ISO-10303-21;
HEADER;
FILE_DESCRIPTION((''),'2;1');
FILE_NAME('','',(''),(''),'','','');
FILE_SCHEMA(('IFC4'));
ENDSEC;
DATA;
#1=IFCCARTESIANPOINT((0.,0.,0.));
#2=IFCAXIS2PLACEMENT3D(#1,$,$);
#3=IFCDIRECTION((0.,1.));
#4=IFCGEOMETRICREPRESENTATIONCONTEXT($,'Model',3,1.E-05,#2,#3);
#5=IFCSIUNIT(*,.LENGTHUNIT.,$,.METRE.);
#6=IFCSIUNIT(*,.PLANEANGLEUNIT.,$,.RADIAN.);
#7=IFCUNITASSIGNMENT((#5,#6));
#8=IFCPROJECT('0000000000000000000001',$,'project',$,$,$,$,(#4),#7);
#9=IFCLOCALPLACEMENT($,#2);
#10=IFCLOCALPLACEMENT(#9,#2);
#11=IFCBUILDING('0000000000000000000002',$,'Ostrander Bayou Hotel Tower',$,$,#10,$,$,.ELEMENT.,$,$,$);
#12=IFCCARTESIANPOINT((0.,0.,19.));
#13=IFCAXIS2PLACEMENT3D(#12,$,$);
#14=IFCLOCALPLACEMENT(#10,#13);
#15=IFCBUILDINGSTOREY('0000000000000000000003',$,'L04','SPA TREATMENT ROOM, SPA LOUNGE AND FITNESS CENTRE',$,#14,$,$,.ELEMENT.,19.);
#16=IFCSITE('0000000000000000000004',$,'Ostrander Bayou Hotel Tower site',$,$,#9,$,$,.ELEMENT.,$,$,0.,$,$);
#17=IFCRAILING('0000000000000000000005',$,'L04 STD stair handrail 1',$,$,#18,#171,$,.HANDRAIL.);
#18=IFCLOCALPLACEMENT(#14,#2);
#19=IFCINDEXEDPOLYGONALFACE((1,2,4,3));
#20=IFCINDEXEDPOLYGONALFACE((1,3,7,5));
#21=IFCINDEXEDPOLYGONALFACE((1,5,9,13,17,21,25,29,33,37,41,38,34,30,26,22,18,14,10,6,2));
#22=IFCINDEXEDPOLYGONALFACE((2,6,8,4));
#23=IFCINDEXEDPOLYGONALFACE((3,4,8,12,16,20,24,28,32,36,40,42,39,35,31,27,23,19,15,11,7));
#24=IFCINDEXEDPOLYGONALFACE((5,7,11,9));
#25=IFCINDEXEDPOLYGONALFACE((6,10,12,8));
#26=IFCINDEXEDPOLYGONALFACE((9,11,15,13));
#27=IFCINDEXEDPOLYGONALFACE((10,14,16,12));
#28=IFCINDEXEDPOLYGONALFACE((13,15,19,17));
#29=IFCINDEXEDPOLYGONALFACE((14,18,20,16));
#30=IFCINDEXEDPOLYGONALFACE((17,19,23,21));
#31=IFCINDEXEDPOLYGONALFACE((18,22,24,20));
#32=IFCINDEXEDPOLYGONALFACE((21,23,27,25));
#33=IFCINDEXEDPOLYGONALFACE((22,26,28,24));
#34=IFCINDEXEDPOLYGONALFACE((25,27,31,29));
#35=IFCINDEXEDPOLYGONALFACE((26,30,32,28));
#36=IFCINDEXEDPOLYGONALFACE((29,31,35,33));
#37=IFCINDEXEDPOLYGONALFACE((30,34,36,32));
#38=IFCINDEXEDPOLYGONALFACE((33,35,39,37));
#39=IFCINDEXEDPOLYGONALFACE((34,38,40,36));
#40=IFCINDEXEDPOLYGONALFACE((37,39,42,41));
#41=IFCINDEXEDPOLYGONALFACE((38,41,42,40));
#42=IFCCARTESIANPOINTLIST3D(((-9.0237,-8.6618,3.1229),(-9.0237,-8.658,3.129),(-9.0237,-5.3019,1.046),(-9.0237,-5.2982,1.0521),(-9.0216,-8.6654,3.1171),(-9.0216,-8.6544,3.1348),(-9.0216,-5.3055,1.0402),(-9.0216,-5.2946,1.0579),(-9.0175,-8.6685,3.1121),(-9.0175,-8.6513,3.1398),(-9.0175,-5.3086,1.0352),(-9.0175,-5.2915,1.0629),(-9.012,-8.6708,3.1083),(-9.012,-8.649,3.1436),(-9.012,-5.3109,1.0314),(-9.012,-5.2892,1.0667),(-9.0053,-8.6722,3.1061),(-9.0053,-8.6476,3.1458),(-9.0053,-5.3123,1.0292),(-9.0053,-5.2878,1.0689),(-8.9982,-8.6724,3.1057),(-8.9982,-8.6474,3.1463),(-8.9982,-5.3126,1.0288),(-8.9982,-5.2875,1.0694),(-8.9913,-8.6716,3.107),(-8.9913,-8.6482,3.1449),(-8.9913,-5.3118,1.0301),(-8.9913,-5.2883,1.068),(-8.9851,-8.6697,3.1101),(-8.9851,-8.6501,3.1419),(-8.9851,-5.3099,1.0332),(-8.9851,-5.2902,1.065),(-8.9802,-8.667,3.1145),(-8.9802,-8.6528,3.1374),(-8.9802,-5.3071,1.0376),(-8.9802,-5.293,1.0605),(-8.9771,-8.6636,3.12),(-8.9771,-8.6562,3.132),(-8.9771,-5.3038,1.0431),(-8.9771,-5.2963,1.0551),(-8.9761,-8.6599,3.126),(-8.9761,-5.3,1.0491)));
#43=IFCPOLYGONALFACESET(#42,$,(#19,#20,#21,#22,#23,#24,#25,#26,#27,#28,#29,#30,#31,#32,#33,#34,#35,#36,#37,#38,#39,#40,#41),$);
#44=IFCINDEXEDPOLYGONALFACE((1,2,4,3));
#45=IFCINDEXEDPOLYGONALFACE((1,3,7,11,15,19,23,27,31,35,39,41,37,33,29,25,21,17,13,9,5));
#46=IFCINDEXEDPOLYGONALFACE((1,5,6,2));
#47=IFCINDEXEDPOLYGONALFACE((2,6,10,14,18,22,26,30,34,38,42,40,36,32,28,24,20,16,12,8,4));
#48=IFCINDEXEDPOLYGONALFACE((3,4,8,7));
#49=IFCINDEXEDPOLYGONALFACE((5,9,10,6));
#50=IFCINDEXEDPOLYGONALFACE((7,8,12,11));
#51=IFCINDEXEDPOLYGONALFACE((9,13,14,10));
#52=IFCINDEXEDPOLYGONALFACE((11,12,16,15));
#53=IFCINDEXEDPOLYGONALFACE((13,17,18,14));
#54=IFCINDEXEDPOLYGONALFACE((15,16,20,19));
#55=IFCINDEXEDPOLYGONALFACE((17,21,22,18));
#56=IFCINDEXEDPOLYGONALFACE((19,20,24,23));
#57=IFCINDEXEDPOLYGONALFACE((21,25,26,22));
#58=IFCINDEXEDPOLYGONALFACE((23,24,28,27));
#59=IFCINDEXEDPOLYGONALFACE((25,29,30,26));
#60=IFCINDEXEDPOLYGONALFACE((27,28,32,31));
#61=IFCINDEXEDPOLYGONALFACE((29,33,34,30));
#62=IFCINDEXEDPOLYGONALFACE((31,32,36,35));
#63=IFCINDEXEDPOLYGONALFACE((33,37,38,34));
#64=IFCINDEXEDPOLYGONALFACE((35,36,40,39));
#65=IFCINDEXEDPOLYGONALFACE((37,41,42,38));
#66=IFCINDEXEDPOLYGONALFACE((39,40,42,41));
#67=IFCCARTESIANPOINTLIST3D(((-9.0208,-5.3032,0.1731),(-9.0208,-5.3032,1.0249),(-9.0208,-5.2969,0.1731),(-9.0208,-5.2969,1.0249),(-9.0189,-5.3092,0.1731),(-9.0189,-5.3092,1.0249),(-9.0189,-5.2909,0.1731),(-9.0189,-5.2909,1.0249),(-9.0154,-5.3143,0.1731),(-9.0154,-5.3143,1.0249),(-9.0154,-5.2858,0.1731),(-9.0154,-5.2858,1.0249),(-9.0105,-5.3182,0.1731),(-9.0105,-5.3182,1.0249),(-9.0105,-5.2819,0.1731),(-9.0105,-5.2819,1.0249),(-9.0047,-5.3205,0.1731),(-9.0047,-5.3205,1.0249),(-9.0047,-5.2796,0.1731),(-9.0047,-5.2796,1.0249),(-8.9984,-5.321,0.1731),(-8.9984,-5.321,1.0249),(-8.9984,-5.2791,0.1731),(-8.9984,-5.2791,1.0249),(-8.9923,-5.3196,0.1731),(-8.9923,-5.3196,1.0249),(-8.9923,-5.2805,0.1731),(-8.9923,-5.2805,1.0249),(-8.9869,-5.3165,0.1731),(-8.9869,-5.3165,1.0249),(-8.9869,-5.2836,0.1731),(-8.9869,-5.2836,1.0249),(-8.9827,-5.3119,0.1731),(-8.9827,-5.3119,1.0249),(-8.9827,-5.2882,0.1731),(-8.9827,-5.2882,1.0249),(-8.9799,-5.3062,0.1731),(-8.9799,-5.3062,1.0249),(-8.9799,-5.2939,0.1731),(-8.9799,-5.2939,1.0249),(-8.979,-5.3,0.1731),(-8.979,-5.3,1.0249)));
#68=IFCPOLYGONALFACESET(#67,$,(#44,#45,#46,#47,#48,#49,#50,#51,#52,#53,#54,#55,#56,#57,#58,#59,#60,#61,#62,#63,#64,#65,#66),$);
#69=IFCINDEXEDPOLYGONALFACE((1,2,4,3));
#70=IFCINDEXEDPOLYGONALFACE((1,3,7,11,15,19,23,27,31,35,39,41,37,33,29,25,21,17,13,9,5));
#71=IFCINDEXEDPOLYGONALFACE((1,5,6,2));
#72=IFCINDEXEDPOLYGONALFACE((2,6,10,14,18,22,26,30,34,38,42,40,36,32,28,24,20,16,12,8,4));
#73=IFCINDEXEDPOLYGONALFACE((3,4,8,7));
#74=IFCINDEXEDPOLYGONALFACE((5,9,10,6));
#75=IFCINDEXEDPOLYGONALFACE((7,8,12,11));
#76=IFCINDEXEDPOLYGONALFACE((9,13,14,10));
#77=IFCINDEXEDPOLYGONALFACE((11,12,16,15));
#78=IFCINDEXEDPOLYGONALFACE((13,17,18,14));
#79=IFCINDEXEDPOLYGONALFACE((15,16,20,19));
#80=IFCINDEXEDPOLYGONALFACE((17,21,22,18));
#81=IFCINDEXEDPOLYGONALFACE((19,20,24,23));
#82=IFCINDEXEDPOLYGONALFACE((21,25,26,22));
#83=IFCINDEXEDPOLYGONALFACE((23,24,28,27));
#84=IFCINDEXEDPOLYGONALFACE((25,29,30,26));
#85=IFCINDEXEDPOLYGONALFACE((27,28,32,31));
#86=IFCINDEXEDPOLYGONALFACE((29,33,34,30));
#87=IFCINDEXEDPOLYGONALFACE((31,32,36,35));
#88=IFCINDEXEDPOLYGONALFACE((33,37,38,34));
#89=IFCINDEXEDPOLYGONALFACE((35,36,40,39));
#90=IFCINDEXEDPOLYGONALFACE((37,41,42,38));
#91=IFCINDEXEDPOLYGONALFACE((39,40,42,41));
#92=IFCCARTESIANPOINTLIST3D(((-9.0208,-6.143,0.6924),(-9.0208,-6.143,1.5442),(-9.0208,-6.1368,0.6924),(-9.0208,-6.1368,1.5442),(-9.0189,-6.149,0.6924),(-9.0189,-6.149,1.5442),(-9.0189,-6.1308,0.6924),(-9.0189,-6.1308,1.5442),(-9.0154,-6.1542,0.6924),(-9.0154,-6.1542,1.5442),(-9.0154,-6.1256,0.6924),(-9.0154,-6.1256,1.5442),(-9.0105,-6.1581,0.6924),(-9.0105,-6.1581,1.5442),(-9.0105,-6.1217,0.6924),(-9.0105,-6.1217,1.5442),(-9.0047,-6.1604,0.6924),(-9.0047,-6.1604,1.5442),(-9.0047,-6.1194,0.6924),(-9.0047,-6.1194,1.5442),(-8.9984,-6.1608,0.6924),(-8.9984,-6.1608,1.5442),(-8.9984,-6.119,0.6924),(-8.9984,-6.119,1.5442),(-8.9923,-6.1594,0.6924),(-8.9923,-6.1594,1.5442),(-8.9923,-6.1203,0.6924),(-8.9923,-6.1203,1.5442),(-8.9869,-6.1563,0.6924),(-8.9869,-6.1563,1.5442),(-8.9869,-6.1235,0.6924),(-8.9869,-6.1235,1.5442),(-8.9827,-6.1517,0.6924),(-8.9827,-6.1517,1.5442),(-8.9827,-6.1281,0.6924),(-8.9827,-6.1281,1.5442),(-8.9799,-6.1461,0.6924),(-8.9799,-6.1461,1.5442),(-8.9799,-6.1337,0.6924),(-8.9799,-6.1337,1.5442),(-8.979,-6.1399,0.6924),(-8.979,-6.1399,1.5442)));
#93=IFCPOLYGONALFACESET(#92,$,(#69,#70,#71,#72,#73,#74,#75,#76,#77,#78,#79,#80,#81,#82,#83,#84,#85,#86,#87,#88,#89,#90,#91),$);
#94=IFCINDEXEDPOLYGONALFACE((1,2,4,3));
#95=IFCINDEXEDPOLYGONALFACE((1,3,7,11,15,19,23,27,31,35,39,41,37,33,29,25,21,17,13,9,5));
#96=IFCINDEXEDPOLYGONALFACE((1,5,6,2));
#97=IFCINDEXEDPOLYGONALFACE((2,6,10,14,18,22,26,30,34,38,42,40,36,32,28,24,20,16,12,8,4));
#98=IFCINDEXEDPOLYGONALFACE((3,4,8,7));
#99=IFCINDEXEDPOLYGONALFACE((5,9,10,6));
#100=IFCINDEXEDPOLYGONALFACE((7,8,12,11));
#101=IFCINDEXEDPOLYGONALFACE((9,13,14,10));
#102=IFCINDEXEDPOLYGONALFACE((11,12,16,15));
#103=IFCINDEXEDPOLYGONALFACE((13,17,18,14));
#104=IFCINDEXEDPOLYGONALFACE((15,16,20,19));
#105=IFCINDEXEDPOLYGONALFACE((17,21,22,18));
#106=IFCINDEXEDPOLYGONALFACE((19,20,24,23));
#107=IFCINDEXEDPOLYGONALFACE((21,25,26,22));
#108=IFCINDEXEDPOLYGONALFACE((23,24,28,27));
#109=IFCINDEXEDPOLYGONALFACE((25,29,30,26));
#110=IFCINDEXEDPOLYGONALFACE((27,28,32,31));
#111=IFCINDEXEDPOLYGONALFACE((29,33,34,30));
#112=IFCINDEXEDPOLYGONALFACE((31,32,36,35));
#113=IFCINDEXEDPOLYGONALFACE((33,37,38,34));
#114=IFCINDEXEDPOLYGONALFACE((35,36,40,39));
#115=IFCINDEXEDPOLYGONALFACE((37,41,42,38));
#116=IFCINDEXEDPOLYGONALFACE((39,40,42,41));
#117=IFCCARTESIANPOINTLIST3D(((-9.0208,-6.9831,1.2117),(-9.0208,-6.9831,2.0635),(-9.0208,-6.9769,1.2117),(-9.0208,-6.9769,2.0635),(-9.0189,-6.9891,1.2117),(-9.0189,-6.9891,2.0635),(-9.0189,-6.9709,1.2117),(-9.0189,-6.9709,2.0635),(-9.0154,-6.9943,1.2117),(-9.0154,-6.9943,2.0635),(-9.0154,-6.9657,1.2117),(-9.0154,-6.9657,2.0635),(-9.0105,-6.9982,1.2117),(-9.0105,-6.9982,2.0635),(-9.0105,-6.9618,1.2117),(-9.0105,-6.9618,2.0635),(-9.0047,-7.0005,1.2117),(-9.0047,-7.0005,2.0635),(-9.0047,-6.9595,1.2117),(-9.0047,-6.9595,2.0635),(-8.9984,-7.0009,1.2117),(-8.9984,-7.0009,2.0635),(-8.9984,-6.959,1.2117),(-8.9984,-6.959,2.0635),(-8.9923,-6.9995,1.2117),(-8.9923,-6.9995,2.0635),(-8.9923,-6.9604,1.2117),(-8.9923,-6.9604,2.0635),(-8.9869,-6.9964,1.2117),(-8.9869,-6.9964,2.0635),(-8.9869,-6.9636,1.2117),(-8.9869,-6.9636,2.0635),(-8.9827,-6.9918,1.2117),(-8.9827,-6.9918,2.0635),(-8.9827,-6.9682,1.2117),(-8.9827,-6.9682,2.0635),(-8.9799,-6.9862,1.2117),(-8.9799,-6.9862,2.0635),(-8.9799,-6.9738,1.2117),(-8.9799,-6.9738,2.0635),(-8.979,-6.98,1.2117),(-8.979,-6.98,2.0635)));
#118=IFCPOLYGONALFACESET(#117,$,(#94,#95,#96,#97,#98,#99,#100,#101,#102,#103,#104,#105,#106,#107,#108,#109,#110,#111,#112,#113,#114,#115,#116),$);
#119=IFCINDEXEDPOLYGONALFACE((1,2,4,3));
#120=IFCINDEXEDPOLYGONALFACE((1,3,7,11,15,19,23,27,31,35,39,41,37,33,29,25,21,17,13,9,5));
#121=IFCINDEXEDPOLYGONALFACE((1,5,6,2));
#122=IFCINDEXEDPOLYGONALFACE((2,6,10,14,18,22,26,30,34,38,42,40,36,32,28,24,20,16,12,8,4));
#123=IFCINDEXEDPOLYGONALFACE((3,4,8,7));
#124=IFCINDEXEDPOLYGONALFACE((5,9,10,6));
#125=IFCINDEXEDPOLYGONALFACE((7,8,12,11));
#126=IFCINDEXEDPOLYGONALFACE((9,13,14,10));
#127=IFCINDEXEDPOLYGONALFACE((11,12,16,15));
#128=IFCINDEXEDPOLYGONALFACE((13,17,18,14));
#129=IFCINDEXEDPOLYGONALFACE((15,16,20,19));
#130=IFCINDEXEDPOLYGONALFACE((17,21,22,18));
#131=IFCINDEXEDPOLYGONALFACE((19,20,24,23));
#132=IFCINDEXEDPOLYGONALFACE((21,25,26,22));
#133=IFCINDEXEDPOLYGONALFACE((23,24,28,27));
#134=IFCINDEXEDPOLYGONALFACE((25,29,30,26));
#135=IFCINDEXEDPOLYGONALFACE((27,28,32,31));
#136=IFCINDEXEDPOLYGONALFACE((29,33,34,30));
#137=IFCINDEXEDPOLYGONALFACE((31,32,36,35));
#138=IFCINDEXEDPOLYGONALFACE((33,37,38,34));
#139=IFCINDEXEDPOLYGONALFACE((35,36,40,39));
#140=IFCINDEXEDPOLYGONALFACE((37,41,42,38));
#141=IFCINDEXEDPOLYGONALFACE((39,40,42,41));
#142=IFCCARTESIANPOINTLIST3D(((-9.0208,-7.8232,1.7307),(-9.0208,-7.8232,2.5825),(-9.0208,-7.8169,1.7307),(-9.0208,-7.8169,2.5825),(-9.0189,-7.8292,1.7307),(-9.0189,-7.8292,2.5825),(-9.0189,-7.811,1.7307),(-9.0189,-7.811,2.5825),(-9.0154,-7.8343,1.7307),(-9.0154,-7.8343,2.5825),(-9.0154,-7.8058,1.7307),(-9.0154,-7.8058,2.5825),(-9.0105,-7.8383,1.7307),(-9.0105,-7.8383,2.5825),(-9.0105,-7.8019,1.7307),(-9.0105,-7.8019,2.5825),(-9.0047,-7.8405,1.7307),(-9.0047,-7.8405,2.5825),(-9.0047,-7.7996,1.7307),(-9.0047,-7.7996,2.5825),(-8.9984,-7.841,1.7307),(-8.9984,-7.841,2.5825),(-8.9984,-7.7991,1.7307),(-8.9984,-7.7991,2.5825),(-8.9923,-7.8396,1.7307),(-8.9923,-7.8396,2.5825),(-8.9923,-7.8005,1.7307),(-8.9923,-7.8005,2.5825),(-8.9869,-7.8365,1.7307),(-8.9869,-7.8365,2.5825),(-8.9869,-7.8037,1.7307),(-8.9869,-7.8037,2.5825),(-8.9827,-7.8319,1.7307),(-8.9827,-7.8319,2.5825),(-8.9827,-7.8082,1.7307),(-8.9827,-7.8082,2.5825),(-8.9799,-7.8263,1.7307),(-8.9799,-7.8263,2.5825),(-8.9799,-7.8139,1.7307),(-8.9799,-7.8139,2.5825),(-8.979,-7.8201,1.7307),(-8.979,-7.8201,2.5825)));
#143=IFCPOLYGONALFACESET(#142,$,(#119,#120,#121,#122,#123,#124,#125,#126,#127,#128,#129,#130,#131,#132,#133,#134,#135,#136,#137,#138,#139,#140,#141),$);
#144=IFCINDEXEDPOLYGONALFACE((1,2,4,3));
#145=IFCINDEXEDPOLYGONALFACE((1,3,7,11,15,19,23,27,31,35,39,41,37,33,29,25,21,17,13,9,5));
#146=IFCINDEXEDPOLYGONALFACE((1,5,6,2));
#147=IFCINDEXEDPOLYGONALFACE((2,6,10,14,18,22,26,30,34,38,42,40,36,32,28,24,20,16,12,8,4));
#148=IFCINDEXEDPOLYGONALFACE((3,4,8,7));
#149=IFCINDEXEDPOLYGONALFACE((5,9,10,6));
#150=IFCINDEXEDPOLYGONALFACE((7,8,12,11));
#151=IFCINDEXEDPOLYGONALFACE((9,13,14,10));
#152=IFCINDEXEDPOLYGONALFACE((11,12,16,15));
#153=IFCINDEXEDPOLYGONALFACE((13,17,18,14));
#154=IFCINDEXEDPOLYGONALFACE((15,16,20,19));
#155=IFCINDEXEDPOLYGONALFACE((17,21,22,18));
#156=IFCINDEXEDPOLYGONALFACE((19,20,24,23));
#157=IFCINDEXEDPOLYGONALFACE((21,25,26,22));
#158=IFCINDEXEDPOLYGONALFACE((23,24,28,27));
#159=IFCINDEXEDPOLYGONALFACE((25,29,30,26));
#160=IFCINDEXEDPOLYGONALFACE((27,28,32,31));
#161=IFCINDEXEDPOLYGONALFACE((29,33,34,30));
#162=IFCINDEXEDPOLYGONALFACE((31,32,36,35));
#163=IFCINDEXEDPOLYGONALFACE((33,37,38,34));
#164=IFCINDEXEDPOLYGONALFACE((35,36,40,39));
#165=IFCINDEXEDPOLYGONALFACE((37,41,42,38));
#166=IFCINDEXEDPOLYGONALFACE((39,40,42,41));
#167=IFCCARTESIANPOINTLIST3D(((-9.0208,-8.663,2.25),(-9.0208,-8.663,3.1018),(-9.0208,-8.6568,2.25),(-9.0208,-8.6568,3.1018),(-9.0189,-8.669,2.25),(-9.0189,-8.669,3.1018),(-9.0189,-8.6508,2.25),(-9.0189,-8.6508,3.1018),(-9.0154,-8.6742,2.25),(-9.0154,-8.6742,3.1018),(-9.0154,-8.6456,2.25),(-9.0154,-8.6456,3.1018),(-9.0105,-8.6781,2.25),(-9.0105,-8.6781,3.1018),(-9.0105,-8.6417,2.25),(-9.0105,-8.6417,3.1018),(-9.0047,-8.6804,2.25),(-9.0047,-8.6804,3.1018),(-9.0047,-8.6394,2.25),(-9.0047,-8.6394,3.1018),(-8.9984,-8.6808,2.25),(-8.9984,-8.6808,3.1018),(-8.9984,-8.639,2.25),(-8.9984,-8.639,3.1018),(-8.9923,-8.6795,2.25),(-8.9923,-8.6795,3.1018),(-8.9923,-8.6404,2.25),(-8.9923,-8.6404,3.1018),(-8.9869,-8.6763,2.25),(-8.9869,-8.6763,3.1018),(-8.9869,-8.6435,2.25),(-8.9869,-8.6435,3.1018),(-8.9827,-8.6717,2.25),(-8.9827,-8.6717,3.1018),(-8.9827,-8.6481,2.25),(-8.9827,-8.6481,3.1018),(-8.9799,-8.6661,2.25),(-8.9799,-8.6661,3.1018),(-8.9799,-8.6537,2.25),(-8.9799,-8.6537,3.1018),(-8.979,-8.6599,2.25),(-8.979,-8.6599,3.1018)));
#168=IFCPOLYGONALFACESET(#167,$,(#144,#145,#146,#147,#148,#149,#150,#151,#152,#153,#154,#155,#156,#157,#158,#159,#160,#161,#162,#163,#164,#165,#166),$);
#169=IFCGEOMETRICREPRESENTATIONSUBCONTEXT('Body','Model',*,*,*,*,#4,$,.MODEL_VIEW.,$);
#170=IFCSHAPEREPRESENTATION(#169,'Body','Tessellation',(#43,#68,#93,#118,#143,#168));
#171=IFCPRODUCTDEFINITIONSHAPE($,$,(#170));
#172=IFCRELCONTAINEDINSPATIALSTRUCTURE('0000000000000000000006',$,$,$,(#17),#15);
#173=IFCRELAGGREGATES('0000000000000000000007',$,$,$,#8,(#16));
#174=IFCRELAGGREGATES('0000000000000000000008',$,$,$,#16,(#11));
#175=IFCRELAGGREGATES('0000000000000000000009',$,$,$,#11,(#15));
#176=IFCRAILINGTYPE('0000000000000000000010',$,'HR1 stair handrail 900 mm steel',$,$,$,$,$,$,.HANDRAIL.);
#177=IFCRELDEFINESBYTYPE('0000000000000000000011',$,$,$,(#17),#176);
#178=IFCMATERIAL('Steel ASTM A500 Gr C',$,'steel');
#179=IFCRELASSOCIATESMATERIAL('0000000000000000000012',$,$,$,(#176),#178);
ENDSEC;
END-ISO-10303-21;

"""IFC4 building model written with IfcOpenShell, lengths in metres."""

from ifc_helpers import new_model, si_unit, direction, frame, origin, origin_2d, place, context, subcontext, project, spatial, circle, extrude, material, type_object, element, save


model = new_model("IFC4")

# Units and contexts
model_context = context("Model", 3, precision=1e-05, world=origin(), true_north=direction((0.0, 1.0)))
body_context = subcontext(model_context, "Body", "Model", "MODEL_VIEW")
ifc_project = project(units=[si_unit("LENGTHUNIT", "METRE"), si_unit("PLANEANGLEUNIT", "RADIAN")], contexts=[model_context])

# Site, building, storey
site_placement = place(None, origin())
site = spatial("IfcSite", under=ifc_project, at=site_placement, Name="Ostrander Bayou Hotel Tower site", CompositionType="ELEMENT", RefElevation=0.0)
building_placement = place(site_placement, origin())
building = spatial("IfcBuilding", under=site, at=building_placement, Name="Ostrander Bayou Hotel Tower", CompositionType="ELEMENT")
storey_placement = place(building_placement, frame((0.0, 0.0, 19.0)))
storey = spatial("IfcBuildingStorey", under=building, at=storey_placement, Name="L04", Description="SPA TREATMENT ROOM, SPA LOUNGE AND FITNESS CENTRE", CompositionType="ELEMENT", Elevation=19.0)

# Railing
ifc_material_1 = material(Name="Steel ASTM A500 Gr C", Category="steel")
railing_type_1 = type_object("IfcRailingType", Name="HR1 stair handrail 900 mm steel", PredefinedType="HANDRAIL", material=ifc_material_1)
railing_1_placement = place(storey_placement, frame((-9.0, -5.3, 0.1731)))
element("IfcRailing", 1, at=railing_1_placement, inside=storey, type_object=railing_type_1, Name="L04 STD stair handrail 1", PredefinedType="HANDRAIL", context=body_context, shape_type="SweptSolid", body=[
    extrude(circle(Radius=0.0239, at=origin_2d()), frame((0.0, 0.0, 0.876), z_axis=(0.0, -0.850606, 0.525803), x_axis=(1.0, 0.0, 0.0)), (0.0, 0.0, 1.0), 3.95),
    extrude(circle(Radius=0.021, at=origin_2d()), origin(), (0.0, 0.0, 1.0), 0.8518),
    extrude(circle(Radius=0.021, at=origin_2d()), frame((0.0, -0.8398, 0.5193)), (0.0, 0.0, 1.0), 0.8518),
    extrude(circle(Radius=0.021, at=origin_2d()), frame((0.0, -1.6799, 1.0386)), (0.0, 0.0, 1.0), 0.8518),
    extrude(circle(Radius=0.021, at=origin_2d()), frame((0.0, -2.52, 1.5576)), (0.0, 0.0, 1.0), 0.8518),
    extrude(circle(Radius=0.021, at=origin_2d()), frame((0.0, -3.3599, 2.0769)), (0.0, 0.0, 1.0), 0.8518),
])

save(model, "model.ifc")
